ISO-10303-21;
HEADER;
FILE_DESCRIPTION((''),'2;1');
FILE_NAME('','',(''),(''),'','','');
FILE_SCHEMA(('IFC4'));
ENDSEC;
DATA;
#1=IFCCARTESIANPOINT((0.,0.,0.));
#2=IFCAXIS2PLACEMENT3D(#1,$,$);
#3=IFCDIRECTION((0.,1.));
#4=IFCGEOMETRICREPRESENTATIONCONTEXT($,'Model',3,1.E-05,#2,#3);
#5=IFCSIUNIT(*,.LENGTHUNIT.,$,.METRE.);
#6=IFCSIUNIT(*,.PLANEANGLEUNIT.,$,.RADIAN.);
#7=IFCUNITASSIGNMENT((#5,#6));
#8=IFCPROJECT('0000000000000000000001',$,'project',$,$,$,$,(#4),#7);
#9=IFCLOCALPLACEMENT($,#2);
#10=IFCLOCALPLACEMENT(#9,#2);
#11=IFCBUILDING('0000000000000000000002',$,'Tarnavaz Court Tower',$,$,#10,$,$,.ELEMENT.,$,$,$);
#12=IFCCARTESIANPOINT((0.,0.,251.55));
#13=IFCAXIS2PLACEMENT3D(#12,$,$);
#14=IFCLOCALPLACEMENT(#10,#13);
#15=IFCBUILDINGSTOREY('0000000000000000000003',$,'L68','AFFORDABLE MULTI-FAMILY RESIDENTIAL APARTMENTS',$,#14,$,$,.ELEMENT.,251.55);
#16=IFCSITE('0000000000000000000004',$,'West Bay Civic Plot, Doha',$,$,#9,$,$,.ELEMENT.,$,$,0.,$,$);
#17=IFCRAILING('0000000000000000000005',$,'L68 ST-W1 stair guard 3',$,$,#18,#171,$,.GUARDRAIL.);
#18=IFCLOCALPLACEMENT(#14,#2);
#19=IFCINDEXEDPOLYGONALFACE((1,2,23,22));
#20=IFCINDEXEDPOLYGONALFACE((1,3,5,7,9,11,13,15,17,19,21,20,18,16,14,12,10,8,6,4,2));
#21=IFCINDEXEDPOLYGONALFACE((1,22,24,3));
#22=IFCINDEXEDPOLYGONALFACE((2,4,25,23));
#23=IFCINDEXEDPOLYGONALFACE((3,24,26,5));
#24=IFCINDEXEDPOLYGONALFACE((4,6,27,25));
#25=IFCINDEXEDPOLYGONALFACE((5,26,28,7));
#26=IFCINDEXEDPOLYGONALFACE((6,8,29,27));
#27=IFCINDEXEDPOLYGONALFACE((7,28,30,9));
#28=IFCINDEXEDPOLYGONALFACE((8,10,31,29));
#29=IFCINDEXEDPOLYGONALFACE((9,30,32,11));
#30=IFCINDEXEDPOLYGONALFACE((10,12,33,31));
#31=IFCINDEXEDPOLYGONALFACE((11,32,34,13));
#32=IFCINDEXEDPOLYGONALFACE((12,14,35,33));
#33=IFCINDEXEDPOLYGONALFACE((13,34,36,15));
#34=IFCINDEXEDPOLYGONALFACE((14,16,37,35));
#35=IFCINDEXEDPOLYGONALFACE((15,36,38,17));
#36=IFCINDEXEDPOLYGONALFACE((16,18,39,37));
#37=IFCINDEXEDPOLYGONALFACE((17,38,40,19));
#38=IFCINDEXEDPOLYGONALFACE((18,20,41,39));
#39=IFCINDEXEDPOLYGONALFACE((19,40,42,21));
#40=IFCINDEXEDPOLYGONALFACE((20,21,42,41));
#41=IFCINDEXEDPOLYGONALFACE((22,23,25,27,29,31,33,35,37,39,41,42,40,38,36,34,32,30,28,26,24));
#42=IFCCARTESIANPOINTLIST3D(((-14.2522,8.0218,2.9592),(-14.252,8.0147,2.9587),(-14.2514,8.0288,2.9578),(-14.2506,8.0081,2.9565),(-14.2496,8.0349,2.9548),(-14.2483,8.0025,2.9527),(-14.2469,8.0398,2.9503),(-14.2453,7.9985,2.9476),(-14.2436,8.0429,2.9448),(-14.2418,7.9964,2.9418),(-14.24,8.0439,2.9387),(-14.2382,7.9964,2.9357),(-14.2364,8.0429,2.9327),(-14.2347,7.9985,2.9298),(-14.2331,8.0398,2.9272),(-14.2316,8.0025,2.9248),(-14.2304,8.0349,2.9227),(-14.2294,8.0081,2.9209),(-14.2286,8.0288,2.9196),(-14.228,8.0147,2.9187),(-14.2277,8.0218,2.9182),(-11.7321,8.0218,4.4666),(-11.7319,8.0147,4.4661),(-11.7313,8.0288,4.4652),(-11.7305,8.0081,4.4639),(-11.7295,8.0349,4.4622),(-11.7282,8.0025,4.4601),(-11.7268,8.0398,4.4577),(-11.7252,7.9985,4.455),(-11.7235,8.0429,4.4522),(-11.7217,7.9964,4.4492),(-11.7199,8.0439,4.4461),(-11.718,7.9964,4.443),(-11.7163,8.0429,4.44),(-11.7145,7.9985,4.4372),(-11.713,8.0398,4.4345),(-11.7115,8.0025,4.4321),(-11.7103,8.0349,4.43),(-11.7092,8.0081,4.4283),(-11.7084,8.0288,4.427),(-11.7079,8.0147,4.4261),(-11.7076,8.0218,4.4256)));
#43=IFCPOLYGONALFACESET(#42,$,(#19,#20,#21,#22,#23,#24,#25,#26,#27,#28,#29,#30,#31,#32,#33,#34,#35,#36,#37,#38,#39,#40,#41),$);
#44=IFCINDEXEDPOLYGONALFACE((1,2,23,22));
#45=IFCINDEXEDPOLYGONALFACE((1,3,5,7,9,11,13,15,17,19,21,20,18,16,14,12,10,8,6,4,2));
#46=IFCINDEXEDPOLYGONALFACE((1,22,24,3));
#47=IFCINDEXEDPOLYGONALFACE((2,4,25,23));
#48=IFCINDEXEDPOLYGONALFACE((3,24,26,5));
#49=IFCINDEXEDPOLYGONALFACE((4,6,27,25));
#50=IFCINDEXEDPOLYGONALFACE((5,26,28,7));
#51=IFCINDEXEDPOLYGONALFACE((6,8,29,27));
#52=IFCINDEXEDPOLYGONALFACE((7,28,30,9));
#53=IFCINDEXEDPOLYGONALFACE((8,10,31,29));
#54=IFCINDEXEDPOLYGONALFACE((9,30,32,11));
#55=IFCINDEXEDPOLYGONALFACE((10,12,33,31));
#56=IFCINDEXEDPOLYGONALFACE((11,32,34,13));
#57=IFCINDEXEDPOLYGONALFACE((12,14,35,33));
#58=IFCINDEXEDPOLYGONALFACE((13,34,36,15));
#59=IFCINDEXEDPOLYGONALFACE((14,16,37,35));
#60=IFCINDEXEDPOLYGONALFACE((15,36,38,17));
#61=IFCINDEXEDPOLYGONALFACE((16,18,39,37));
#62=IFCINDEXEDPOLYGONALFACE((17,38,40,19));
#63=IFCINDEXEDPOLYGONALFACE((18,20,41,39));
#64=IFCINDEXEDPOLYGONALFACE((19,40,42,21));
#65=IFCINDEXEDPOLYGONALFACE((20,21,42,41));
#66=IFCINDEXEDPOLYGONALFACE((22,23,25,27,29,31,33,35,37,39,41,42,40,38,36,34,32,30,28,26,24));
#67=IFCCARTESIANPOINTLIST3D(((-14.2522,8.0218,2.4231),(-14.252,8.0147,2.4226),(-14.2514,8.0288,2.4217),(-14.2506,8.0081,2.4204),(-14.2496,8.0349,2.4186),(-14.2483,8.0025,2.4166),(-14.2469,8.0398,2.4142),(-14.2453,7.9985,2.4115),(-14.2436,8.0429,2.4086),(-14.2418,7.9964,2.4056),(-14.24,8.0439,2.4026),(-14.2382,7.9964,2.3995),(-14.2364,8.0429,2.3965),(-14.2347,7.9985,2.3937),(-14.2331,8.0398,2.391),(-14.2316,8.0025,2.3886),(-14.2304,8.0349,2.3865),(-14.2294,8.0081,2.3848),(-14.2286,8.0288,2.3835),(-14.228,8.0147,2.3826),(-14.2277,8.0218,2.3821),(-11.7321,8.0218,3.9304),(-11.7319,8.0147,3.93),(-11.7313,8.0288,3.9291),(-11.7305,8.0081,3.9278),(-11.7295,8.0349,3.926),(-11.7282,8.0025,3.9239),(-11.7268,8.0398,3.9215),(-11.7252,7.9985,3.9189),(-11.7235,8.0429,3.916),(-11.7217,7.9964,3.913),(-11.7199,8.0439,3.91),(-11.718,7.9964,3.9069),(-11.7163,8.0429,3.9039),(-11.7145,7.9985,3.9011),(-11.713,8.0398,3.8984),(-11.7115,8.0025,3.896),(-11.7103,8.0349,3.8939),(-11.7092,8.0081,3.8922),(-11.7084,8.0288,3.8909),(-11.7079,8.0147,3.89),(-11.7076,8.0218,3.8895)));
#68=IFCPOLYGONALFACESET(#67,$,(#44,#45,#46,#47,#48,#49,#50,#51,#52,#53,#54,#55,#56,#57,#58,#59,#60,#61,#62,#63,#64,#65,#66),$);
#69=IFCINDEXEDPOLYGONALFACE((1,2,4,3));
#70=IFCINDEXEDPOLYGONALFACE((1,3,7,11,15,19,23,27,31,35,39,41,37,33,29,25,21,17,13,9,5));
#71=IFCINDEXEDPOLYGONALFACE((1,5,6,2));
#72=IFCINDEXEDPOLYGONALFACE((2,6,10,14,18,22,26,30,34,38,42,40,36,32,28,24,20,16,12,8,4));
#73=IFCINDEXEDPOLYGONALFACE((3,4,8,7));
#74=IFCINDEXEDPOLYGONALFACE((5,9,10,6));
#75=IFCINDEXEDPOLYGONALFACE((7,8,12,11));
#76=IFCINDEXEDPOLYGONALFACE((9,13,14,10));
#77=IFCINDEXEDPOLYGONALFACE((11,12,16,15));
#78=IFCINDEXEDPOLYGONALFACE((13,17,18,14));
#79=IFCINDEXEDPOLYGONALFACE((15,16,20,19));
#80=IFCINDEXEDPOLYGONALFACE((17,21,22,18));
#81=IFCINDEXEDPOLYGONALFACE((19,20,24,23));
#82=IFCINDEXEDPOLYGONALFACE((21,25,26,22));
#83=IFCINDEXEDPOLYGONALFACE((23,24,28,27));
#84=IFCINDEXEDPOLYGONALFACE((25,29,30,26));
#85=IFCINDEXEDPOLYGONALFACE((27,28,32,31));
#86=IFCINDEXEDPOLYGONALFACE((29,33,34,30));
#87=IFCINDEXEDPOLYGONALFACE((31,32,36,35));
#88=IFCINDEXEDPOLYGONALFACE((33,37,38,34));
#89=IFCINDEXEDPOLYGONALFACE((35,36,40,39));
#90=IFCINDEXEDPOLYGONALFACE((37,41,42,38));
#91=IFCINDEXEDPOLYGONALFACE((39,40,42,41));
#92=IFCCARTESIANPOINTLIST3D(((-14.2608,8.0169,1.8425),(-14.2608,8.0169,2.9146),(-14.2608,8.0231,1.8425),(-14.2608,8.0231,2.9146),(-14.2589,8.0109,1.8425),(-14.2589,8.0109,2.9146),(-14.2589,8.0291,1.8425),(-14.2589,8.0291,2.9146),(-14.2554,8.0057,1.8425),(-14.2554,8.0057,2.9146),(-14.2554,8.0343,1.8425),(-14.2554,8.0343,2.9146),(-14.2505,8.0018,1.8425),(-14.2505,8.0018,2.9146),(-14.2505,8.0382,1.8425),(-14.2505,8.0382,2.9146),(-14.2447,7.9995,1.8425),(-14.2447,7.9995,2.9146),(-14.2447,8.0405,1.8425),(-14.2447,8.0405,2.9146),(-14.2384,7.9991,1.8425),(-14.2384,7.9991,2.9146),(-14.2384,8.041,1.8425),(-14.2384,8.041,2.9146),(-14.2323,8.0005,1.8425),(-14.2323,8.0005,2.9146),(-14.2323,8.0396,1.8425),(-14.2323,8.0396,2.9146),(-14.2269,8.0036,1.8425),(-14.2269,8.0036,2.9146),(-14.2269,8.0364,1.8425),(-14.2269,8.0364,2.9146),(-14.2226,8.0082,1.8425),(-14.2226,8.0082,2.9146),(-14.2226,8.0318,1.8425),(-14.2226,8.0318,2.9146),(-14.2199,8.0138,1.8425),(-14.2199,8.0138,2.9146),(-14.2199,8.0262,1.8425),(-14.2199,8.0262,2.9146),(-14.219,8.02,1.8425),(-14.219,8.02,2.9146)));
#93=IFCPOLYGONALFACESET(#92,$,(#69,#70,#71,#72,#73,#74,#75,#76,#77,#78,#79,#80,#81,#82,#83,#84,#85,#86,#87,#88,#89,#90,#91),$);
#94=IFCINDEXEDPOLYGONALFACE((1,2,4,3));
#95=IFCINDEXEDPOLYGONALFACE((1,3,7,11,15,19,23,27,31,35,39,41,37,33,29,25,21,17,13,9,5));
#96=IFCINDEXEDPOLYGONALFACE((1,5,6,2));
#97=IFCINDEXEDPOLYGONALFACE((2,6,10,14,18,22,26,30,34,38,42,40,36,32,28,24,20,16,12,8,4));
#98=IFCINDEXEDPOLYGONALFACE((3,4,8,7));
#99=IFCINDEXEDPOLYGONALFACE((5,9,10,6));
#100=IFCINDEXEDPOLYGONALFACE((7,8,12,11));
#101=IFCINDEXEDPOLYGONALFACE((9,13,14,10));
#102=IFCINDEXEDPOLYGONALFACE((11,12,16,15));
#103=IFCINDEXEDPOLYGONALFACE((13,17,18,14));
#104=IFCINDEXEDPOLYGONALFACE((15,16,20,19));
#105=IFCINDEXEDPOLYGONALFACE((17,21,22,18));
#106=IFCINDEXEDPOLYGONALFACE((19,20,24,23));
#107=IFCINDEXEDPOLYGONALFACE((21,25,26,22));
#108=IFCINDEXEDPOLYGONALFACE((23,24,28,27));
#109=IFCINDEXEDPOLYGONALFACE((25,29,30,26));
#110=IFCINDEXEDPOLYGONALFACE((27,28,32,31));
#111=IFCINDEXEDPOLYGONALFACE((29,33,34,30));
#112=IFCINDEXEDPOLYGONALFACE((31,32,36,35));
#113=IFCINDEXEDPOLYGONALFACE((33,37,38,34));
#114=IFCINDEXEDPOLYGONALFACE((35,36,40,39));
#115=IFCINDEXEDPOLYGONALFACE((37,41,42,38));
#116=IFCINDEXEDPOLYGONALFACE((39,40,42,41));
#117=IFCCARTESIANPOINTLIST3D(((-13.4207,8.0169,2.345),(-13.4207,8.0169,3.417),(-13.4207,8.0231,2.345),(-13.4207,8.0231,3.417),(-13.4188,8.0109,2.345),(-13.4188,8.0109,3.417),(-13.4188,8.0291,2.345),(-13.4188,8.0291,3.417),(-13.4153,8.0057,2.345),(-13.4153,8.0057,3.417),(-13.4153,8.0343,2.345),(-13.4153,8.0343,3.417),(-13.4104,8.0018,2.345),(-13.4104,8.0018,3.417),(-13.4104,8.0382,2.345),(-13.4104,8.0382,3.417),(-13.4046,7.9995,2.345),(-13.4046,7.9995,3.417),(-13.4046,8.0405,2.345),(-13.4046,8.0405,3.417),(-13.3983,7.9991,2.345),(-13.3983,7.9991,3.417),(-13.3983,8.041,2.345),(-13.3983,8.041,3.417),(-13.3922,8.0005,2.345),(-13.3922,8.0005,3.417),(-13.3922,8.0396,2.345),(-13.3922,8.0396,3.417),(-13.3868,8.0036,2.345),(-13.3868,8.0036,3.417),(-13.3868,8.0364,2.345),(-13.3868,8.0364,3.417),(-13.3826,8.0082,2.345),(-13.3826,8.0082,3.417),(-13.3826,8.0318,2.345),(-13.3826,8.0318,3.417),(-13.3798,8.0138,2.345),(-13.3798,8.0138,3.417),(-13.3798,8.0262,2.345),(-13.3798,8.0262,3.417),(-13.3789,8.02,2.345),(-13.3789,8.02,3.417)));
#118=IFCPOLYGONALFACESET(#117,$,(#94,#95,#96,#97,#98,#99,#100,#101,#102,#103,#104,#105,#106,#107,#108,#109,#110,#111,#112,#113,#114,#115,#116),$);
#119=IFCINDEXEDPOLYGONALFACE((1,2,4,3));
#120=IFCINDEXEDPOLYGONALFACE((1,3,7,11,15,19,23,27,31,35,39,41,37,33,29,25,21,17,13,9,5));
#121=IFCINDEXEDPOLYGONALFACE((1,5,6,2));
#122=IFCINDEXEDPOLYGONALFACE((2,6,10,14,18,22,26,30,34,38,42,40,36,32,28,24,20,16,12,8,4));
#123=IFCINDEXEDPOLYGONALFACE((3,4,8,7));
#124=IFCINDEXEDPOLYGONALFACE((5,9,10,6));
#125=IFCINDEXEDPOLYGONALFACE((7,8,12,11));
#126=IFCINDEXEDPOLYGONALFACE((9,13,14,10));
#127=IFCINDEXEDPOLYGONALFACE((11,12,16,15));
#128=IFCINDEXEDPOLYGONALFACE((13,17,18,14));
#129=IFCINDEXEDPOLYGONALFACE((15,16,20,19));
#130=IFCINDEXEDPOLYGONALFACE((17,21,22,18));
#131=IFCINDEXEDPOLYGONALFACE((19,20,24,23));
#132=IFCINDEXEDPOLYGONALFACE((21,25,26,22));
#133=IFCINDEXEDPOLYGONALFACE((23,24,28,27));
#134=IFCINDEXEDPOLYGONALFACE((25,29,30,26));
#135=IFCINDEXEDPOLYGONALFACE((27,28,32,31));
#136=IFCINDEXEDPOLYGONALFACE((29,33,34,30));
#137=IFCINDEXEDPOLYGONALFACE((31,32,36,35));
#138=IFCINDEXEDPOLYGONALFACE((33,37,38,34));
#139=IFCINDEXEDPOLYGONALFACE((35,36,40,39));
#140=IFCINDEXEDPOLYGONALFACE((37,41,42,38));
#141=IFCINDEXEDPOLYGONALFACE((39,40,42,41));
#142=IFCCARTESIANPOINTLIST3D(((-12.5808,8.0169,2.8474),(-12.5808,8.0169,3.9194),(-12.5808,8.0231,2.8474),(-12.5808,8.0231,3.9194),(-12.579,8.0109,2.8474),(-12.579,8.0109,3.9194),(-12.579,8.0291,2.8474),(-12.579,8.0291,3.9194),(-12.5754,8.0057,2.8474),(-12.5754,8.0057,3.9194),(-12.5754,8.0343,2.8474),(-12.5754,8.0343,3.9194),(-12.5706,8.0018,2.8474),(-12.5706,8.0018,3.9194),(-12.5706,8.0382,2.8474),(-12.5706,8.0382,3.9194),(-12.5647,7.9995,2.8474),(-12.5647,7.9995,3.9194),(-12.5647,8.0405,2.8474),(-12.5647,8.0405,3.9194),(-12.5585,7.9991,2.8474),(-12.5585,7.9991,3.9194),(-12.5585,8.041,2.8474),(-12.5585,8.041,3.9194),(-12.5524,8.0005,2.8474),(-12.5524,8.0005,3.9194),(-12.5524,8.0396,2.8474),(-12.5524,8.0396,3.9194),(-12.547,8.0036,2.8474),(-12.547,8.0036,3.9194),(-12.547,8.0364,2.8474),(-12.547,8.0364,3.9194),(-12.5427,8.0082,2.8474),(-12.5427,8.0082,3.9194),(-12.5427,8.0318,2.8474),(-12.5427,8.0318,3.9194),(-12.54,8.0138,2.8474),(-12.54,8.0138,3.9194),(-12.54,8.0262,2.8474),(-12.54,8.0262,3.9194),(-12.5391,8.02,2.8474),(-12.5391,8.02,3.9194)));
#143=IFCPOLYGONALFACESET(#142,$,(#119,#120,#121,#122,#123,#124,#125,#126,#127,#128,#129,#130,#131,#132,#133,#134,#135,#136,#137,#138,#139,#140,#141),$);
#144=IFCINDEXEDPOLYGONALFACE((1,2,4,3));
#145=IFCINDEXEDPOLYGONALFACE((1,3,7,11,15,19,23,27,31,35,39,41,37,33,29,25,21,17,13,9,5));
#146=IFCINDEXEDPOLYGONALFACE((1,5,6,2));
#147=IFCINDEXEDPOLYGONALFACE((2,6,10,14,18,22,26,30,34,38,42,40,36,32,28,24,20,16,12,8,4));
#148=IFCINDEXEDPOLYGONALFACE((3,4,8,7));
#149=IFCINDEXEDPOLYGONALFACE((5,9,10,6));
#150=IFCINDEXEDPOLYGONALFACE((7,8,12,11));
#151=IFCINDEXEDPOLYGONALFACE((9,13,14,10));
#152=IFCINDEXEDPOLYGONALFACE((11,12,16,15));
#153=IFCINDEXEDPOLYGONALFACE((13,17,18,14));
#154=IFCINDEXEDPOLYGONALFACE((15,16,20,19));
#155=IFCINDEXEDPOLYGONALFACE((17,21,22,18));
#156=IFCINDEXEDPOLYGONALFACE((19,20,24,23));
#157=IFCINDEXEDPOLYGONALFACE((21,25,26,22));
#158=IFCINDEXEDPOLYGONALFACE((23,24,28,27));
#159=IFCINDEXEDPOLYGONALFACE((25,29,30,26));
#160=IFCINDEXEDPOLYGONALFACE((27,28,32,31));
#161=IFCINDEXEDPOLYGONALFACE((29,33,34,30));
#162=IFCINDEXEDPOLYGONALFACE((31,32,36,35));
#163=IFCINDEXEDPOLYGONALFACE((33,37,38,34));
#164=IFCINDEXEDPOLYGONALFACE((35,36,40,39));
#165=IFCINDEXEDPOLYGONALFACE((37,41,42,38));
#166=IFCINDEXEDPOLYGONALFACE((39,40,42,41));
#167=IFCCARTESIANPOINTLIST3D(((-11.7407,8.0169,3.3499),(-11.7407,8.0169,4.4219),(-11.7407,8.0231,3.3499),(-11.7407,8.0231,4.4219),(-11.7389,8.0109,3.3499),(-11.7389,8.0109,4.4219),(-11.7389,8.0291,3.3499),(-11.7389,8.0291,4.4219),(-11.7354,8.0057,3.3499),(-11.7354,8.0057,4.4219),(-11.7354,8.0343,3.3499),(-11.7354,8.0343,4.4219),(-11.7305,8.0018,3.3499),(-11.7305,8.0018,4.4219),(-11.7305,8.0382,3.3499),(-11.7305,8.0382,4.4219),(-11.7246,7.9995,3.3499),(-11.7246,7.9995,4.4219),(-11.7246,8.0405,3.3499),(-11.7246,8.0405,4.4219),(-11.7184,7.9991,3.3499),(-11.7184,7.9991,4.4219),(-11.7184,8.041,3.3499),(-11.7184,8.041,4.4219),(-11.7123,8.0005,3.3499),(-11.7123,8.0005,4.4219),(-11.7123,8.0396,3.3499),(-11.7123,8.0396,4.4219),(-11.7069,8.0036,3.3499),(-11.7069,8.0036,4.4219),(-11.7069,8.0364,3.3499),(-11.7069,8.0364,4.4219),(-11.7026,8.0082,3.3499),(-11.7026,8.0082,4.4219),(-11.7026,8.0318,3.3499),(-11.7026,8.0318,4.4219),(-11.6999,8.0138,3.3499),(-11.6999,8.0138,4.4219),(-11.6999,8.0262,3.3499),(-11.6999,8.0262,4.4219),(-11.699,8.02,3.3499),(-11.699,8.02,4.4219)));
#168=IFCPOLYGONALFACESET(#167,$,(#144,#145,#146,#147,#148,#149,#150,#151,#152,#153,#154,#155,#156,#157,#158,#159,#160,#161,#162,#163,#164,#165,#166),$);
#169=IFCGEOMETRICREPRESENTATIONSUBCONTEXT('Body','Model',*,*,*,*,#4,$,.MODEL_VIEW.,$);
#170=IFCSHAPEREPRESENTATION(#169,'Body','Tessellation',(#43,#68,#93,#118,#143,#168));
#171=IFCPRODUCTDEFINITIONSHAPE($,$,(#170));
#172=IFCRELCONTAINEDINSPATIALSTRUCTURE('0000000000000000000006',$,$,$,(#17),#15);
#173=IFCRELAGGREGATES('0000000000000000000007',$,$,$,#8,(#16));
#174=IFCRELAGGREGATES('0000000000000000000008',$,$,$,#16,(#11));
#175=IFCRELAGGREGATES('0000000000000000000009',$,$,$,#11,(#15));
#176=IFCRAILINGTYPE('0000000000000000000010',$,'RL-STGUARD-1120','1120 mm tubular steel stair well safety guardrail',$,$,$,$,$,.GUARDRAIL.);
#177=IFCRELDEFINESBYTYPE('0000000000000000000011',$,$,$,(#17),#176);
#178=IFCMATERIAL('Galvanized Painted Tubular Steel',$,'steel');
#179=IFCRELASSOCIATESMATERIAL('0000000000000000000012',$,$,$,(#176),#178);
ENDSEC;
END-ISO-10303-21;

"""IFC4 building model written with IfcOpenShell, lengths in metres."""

from ifc_helpers import new_model, si_unit, direction, frame, origin, origin_2d, place, context, subcontext, project, spatial, circle, extrude, material, type_object, element, save


model = new_model("IFC4")

# Units and contexts
model_context = context("Model", 3, precision=1e-05, world=origin(), true_north=direction((0.0, 1.0)))
body_context = subcontext(model_context, "Body", "Model", "MODEL_VIEW")
ifc_project = project(units=[si_unit("LENGTHUNIT", "METRE"), si_unit("PLANEANGLEUNIT", "RADIAN")], contexts=[model_context])

# Site, building, storey
site_placement = place(None, origin())
site = spatial("IfcSite", under=ifc_project, at=site_placement, Name="West Bay Civic Plot, Doha", CompositionType="ELEMENT", RefElevation=0.0)
building_placement = place(site_placement, origin())
building = spatial("IfcBuilding", under=site, at=building_placement, Name="Tarnavaz Court Tower", CompositionType="ELEMENT")
storey_placement = place(building_placement, frame((0.0, 0.0, 251.55)))
storey = spatial("IfcBuildingStorey", under=building, at=storey_placement, Name="L68", Description="AFFORDABLE MULTI-FAMILY RESIDENTIAL APARTMENTS", CompositionType="ELEMENT", Elevation=251.55)

# Railing
ifc_material_1 = material(Name="Galvanized Painted Tubular Steel", Category="steel")
railing_type_1 = type_object("IfcRailingType", Name="RL-STGUARD-1120", Description="1120 mm tubular steel stair well safety guardrail", PredefinedType="GUARDRAIL", material=ifc_material_1)
railing_1_placement = place(storey_placement, frame((-14.24, 8.02, 1.8425)))
element("IfcRailing", 1, at=railing_1_placement, inside=storey, type_object=railing_type_1, Name="L68 ST-W1 stair guard 3", PredefinedType="GUARDRAIL", context=body_context, shape_type="SweptSolid", body=[
    extrude(circle(Radius=0.0239, at=origin_2d()), frame((0.0, 0.0, 1.0962), z_axis=(0.858196, 0.0, 0.513321), x_axis=(0.0, 1.0, 0.0)), (0.0, 0.0, 1.0), 2.9365),
    extrude(circle(Radius=0.0239, at=origin_2d()), frame((0.0, 0.0, 0.5601), z_axis=(0.858196, 0.0, 0.513321), x_axis=(0.0, 1.0, 0.0)), (0.0, 0.0, 1.0), 2.9365),
    extrude(circle(Radius=0.021, at=origin_2d()), origin(), (0.0, 0.0, 1.0), 1.072),
    extrude(circle(Radius=0.021, at=origin_2d()), frame((0.8401, 0.0, 0.5024)), (0.0, 0.0, 1.0), 1.072),
    extrude(circle(Radius=0.021, at=origin_2d()), frame((1.6799, 0.0, 1.0049)), (0.0, 0.0, 1.0), 1.072),
    extrude(circle(Radius=0.021, at=origin_2d()), frame((2.52, 0.0, 1.5073)), (0.0, 0.0, 1.0), 1.072),
])

save(model, "model.ifc")
